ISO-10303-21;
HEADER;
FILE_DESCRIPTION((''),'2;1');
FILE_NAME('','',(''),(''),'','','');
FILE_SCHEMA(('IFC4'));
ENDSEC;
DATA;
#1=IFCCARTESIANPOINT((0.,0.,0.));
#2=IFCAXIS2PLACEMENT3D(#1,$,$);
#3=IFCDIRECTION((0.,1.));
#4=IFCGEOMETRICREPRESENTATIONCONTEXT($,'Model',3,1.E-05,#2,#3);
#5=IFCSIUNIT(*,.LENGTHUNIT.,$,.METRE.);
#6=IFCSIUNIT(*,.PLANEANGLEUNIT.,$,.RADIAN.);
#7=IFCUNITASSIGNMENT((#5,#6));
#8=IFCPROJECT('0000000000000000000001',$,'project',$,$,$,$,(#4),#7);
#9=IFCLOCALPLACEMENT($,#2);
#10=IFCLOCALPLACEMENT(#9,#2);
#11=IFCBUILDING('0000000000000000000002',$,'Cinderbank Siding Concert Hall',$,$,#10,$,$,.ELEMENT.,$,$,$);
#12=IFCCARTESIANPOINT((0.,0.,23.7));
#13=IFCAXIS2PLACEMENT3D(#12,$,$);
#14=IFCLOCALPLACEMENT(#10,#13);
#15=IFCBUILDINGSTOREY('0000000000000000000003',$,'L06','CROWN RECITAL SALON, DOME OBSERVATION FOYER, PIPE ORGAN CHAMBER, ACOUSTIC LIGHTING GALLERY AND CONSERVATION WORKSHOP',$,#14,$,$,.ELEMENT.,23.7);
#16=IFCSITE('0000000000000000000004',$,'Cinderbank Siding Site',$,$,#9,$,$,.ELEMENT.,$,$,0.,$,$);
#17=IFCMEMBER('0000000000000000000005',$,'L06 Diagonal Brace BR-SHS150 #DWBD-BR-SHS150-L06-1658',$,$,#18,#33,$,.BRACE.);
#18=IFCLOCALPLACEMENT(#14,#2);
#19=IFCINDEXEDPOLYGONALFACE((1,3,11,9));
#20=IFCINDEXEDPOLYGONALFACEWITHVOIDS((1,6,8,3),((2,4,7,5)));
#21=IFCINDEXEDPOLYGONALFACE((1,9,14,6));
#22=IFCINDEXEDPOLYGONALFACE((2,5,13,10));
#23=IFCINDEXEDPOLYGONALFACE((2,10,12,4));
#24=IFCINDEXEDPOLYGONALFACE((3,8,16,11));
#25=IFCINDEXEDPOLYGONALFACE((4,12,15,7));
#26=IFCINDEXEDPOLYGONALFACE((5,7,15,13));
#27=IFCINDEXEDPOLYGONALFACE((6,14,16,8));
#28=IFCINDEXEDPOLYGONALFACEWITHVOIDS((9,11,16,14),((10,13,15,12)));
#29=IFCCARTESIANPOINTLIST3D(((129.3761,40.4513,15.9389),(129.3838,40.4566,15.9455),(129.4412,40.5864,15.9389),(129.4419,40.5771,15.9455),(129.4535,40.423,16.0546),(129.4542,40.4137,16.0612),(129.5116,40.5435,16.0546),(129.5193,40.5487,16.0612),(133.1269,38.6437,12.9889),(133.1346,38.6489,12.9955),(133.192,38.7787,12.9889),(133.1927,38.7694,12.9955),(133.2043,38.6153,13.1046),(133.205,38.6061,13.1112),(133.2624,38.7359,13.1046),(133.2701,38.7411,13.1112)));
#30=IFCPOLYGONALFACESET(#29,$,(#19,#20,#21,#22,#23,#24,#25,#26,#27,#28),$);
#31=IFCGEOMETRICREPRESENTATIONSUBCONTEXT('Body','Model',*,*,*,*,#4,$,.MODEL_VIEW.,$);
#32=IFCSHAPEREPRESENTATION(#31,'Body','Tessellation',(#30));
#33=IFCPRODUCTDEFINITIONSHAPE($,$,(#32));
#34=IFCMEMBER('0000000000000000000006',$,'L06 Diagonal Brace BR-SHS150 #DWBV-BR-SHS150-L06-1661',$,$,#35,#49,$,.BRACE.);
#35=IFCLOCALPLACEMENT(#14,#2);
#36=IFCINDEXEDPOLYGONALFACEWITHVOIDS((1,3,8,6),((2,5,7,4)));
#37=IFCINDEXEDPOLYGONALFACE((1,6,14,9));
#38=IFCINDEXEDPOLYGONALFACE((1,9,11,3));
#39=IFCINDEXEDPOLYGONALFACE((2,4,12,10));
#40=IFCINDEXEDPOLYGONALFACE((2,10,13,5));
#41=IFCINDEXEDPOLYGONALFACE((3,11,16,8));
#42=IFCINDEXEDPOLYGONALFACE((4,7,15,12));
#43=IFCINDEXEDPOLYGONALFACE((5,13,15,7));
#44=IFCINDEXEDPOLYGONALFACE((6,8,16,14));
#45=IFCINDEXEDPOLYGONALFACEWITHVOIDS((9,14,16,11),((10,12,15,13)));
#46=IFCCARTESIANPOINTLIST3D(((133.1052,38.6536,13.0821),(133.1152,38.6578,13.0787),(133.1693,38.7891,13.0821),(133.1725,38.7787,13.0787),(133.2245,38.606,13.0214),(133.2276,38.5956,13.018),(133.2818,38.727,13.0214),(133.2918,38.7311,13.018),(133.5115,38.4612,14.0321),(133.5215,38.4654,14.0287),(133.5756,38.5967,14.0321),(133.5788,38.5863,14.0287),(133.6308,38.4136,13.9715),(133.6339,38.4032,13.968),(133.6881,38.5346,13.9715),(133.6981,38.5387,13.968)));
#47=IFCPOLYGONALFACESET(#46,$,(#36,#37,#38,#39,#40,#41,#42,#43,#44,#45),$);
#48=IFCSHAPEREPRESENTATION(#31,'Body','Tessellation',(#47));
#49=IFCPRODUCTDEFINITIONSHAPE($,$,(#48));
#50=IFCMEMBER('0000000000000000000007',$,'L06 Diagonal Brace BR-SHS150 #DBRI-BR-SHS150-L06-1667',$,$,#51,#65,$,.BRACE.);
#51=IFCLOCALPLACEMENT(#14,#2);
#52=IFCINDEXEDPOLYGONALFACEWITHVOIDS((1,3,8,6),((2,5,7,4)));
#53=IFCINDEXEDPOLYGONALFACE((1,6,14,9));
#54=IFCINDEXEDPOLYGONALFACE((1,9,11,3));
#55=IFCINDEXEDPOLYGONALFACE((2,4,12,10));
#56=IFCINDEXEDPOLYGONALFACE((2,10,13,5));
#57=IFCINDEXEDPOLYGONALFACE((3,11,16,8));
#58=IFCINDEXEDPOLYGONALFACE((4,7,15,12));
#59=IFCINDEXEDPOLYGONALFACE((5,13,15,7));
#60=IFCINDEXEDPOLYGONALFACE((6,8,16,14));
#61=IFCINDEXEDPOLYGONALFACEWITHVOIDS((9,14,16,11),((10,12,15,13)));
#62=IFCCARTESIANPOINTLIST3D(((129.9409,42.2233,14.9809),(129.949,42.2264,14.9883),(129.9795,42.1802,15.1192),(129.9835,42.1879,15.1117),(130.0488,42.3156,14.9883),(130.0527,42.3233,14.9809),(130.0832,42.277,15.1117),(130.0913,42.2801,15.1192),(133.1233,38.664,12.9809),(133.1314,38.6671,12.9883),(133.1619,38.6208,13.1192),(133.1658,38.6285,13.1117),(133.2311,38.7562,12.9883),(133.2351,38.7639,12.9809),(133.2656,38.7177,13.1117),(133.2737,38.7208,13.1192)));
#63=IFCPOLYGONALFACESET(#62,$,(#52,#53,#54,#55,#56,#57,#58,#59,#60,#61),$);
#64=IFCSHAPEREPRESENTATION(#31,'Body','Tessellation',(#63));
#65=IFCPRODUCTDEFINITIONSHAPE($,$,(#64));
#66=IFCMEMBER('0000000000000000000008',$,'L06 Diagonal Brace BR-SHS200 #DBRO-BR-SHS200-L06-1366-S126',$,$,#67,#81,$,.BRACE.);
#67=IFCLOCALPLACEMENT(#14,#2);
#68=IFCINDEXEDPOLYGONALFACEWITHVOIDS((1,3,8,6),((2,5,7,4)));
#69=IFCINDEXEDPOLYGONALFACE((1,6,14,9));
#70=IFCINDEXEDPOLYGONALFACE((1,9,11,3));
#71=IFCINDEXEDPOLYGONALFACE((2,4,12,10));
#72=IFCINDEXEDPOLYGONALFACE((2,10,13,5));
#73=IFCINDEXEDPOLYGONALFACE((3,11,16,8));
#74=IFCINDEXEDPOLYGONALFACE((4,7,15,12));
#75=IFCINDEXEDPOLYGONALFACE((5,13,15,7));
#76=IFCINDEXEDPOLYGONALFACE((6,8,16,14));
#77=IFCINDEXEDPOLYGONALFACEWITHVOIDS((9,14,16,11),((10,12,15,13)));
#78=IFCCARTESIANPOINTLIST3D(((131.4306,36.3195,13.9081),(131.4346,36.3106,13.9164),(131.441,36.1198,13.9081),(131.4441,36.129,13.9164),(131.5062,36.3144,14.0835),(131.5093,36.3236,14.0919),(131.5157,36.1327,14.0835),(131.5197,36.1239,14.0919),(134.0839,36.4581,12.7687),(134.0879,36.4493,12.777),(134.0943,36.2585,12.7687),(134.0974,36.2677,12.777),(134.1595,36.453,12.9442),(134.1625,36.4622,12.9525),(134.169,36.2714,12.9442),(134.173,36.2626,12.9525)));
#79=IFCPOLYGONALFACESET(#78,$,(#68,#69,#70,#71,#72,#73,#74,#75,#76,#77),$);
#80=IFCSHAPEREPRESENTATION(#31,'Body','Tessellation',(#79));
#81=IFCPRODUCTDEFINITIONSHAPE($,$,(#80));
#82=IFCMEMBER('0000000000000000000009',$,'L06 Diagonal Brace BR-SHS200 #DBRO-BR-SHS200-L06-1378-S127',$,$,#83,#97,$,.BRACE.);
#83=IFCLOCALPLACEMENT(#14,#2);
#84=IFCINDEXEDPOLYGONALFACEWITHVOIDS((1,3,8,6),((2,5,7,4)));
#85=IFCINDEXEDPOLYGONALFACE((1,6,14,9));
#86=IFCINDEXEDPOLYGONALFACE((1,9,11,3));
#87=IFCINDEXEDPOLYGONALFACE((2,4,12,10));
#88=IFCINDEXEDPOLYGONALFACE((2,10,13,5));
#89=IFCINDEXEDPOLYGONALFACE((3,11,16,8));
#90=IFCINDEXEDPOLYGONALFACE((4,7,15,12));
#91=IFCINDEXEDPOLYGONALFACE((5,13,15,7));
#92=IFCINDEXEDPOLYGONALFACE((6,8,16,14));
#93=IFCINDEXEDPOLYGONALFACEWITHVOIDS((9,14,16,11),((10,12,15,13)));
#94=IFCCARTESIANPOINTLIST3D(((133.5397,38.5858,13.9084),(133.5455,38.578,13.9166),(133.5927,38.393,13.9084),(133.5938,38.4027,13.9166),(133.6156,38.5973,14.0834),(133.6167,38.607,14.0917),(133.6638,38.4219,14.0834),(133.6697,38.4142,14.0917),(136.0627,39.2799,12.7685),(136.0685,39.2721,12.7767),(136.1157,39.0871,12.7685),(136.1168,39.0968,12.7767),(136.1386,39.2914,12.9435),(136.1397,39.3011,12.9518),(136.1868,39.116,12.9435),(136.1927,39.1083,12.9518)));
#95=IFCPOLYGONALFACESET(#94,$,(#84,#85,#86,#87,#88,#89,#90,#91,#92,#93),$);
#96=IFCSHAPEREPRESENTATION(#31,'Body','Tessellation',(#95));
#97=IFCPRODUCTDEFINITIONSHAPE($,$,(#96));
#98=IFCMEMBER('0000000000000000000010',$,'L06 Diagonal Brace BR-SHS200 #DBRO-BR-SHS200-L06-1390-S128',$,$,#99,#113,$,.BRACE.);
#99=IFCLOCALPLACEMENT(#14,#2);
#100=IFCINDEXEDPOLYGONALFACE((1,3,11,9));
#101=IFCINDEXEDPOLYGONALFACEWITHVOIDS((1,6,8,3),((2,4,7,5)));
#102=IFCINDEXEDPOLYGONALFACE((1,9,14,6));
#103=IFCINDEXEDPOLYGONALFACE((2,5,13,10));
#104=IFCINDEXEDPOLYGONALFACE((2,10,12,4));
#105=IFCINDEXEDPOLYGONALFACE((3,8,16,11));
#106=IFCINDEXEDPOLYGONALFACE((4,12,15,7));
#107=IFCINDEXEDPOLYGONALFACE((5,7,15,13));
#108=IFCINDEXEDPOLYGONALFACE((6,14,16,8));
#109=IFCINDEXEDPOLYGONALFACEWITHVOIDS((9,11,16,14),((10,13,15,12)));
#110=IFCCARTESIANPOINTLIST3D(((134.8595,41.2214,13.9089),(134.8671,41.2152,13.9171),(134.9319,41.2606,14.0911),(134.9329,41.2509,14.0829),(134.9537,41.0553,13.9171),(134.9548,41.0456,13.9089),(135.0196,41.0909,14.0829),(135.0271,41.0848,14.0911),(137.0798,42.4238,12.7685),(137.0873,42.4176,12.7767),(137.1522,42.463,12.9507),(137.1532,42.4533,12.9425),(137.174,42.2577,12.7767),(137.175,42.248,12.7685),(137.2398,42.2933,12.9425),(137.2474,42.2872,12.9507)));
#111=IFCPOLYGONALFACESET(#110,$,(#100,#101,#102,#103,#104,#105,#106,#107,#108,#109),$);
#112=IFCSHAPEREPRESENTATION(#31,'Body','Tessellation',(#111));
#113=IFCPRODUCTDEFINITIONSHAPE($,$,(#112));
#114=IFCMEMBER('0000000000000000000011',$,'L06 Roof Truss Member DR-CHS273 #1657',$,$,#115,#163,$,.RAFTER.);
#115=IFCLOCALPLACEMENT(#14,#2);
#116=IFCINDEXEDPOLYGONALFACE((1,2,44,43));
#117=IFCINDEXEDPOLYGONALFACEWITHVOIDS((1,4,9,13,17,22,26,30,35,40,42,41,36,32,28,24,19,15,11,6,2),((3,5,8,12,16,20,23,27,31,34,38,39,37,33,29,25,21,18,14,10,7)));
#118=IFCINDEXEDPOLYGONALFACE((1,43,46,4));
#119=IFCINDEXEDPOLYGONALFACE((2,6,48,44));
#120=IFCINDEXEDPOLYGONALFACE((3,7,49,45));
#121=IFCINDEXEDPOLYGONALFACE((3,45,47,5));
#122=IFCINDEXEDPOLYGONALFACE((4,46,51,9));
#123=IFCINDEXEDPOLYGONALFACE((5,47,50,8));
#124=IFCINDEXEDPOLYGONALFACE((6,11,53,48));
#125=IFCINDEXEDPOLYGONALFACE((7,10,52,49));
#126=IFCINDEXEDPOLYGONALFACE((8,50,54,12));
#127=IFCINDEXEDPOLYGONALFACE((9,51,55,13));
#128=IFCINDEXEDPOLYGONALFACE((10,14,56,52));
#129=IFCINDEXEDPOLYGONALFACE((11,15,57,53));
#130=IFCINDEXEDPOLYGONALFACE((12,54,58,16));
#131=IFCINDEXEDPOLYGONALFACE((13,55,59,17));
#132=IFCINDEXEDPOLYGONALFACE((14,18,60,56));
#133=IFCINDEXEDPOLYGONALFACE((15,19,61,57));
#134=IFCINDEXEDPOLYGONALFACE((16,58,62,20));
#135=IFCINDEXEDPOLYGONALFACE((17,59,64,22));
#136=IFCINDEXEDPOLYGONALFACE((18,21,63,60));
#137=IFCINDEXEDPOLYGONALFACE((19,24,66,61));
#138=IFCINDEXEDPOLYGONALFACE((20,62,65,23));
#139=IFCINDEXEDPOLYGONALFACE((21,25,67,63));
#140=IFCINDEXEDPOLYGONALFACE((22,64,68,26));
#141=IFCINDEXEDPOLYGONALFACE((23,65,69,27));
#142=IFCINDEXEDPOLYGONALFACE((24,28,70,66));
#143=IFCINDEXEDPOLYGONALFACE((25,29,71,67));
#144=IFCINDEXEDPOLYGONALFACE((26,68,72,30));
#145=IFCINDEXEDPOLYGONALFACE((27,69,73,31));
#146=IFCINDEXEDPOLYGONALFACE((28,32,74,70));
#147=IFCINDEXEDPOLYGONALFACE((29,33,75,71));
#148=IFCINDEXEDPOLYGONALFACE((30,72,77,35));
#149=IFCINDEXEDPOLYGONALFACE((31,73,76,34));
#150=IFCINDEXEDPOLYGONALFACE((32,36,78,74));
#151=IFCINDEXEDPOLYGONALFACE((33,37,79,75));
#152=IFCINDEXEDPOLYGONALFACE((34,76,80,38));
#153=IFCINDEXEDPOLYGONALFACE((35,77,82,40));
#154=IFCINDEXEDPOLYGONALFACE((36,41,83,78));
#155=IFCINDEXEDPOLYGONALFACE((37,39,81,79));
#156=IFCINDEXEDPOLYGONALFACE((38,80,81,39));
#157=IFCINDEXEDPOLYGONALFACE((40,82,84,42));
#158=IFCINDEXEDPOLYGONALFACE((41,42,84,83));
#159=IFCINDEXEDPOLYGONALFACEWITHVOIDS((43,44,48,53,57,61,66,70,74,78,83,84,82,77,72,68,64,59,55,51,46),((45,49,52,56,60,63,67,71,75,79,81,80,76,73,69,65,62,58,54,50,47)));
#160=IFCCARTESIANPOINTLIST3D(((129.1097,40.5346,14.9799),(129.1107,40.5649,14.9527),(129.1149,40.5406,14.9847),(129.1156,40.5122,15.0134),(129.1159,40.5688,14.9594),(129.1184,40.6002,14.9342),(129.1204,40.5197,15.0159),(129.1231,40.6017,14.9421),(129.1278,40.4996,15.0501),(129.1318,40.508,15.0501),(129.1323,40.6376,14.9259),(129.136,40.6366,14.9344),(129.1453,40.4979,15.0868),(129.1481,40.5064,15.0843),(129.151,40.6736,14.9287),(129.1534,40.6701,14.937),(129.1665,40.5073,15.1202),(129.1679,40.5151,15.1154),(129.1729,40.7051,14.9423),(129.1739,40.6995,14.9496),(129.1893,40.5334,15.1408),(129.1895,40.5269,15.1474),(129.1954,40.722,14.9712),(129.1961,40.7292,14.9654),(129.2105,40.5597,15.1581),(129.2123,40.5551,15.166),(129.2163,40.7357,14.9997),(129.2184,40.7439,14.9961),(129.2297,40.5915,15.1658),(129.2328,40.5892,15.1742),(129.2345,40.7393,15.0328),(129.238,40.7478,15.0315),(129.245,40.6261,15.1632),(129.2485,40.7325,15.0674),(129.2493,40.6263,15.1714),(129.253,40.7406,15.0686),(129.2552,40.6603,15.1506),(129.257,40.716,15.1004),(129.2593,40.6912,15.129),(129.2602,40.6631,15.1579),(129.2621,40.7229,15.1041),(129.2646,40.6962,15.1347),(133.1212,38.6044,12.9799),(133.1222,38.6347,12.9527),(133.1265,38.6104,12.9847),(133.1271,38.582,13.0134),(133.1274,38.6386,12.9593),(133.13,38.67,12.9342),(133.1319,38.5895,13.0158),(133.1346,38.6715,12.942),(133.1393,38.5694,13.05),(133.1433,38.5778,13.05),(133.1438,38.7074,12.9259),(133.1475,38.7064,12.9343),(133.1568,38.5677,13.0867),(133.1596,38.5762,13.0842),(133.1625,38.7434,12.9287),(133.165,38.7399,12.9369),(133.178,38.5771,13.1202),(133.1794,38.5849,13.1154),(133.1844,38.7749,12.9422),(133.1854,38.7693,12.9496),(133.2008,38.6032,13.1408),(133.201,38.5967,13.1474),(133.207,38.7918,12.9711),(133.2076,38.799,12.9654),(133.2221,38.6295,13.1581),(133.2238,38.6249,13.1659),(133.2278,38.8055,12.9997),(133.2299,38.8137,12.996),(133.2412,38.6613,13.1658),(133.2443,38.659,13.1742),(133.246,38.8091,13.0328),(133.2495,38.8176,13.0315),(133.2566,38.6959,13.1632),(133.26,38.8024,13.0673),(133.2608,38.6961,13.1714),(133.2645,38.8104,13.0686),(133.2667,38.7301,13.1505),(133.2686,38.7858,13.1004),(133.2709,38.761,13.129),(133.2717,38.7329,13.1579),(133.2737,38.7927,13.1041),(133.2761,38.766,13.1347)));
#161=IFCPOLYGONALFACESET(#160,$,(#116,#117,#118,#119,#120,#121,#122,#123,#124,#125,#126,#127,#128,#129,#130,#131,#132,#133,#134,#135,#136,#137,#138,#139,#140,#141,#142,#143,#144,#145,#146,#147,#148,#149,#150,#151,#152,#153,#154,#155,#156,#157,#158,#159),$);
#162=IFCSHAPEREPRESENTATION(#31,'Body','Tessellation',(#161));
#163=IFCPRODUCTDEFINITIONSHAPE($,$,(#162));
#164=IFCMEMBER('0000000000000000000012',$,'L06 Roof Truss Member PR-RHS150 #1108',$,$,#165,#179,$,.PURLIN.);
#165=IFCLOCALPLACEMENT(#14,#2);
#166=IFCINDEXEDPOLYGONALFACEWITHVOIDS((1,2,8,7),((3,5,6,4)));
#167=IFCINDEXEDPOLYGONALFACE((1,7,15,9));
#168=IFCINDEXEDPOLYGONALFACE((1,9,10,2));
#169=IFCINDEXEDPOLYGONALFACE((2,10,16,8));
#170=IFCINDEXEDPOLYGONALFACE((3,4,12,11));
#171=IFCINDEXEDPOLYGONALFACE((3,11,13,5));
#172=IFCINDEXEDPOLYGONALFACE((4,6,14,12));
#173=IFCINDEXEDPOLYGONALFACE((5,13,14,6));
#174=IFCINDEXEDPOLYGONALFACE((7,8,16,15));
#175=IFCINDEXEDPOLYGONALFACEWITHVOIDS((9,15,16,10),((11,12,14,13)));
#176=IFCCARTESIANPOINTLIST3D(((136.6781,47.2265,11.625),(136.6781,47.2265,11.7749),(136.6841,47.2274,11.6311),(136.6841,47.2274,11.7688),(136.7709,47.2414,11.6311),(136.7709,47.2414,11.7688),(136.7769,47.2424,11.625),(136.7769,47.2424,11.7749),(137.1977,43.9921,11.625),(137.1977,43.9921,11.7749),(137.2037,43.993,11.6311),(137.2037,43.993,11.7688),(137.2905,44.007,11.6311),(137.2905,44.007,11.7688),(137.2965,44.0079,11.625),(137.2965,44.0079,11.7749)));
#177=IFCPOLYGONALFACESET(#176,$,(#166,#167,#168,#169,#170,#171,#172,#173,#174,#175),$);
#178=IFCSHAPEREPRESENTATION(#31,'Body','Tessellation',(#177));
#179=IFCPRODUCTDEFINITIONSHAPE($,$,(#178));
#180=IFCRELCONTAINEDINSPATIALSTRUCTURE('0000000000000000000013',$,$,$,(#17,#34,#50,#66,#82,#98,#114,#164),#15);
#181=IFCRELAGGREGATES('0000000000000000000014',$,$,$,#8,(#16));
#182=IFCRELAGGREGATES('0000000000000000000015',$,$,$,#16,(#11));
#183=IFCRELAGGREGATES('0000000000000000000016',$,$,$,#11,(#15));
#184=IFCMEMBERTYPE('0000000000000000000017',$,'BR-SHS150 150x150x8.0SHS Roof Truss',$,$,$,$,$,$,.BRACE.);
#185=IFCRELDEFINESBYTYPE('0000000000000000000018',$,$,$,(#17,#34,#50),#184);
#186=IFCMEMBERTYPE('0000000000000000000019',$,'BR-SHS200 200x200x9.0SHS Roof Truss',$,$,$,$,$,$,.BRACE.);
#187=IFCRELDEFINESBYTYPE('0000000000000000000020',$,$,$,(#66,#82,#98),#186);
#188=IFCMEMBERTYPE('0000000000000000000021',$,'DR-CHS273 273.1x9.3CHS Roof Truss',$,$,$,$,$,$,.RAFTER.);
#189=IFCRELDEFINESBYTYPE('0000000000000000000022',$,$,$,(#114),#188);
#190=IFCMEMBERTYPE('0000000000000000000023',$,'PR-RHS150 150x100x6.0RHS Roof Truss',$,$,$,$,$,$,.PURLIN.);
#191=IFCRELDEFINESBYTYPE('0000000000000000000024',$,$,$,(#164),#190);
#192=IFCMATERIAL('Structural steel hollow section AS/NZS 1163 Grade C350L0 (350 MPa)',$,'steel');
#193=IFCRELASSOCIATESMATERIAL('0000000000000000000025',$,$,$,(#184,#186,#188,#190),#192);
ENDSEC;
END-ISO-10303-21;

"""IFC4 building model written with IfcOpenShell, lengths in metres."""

from ifc_helpers import new_model, si_unit, direction, frame, origin, origin_2d, place, context, subcontext, project, spatial, hollow_rectangle, hollow_circle, extrude, material, material_profile, profile_set, type_object, element, save


model = new_model("IFC4")

# Units and contexts
model_context = context("Model", 3, precision=1e-05, world=origin(), true_north=direction((0.0, 1.0)))
body_context = subcontext(model_context, "Body", "Model", "MODEL_VIEW")
ifc_project = project(units=[si_unit("LENGTHUNIT", "METRE"), si_unit("PLANEANGLEUNIT", "RADIAN")], contexts=[model_context])

# Site, building, storey
site_placement = place(None, origin())
site = spatial("IfcSite", under=ifc_project, at=site_placement, Name="Cinderbank Siding Site", CompositionType="ELEMENT", RefElevation=0.0)
building_placement = place(site_placement, origin())
building = spatial("IfcBuilding", under=site, at=building_placement, Name="Cinderbank Siding Concert Hall", CompositionType="ELEMENT")
storey_placement = place(building_placement, frame((0.0, 0.0, 23.7)))
storey = spatial("IfcBuildingStorey", under=building, at=storey_placement, Name="L06", Description="CROWN RECITAL SALON, DOME OBSERVATION FOYER, PIPE ORGAN CHAMBER, ACOUSTIC LIGHTING GALLERY AND CONSERVATION WORKSHOP", CompositionType="ELEMENT", Elevation=23.7)

# Members
ifc_material_1 = material(Name="Structural steel hollow section AS/NZS 1163 Grade C350L0 (350 MPa)", Category="steel")
ifc_material_profile_1 = material_profile(ifc_material_1, hollow_rectangle(XDim=0.1499, YDim=0.1499, WallThickness=0.0081, at=origin_2d()), Name="150x150x8.0SHS", Category="LoadBearing")
ifc_profile_set_1 = profile_set([ifc_material_profile_1], Name="Structural steel hollow section AS/NZS 1163 Grade C350L0 (350 MPa)")
member_type_1 = type_object("IfcMemberType", Name="BR-SHS150 150x150x8.0SHS Roof Truss", PredefinedType="BRACE", material=ifc_profile_set_1)
member_1_placement = place(storey_placement, frame((133.1985, 38.6924, 13.05), z_axis=(-0.735047, 0.354246, 0.578114), x_axis=(-0.434149, -0.900841, 0.0)))
element("IfcMember", 1, at=member_1_placement, inside=storey, type_object=member_type_1, Name="L06 Diagonal Brace BR-SHS150 #DWBD-BR-SHS150-L06-1658", PredefinedType="BRACE", context=body_context, shape_type="SweptSolid", body=[
    extrude(hollow_rectangle(XDim=0.1499, YDim=0.1499, WallThickness=0.0081, at=origin_2d()), origin(), (0.0, 0.0, 1.0), 5.1028),
])
member_2_placement = place(storey_placement, frame((133.1985, 38.6924, 13.05), z_axis=(0.386562, -0.183059, 0.903913), x_axis=(0.427993, 0.903782, 0.0)))
element("IfcMember", 2, at=member_2_placement, inside=storey, type_object=member_type_1, Name="L06 Diagonal Brace BR-SHS150 #DWBV-BR-SHS150-L06-1661", PredefinedType="BRACE", context=body_context, shape_type="SweptSolid", body=[
    extrude(hollow_rectangle(XDim=0.1499, YDim=0.1499, WallThickness=0.0081, at=origin_2d()), origin(), (0.0, 0.0, 1.0), 1.051),
])
member_3_placement = place(storey_placement, frame((133.1985, 38.6924, 13.05), z_axis=(-0.614771, 0.687591, 0.38636), x_axis=(-0.745479, -0.666529, 0.0)))
element("IfcMember", 3, at=member_3_placement, inside=storey, type_object=member_type_1, Name="L06 Diagonal Brace BR-SHS150 #DBRI-BR-SHS150-L06-1667", PredefinedType="BRACE", context=body_context, shape_type="SweptSolid", body=[
    extrude(hollow_rectangle(XDim=0.1499, YDim=0.1499, WallThickness=0.0081, at=origin_2d()), origin(), (0.0, 0.0, 1.0), 5.1765),
])
ifc_material_profile_2 = material_profile(ifc_material_1, hollow_rectangle(XDim=0.2, YDim=0.2, WallThickness=0.009, at=origin_2d()), Name="200x200x9.0SHS", Category="LoadBearing")
ifc_profile_set_2 = profile_set([ifc_material_profile_2], Name="Structural steel hollow section AS/NZS 1163 Grade C350L0 (350 MPa)")
member_type_2 = type_object("IfcMemberType", Name="BR-SHS200 200x200x9.0SHS Roof Truss", PredefinedType="BRACE", material=ifc_profile_set_2)
member_4_placement = place(storey_placement, frame((134.1284, 36.3604, 12.8606), z_axis=(-0.917803, -0.047968, 0.394128), x_axis=(0.052192, -0.998637, 0.0)))
element("IfcMember", 4, at=member_4_placement, inside=storey, type_object=member_type_2, Name="L06 Diagonal Brace BR-SHS200 #DBRO-BR-SHS200-L06-1366-S126", PredefinedType="BRACE", context=body_context, shape_type="SweptSolid", body=[
    extrude(hollow_rectangle(XDim=0.2, YDim=0.2, WallThickness=0.009, at=origin_2d()), origin(), (0.0, 0.0, 1.0), 2.8909),
])
member_5_placement = place(storey_placement, frame((136.1277, 39.1941, 12.8601), z_axis=(-0.883946, -0.243184, 0.399375), x_axis=(0.265256, -0.964178, 0.0)))
element("IfcMember", 5, at=member_5_placement, inside=storey, type_object=member_type_2, Name="L06 Diagonal Brace BR-SHS200 #DBRO-BR-SHS200-L06-1378-S127", PredefinedType="BRACE", context=body_context, shape_type="SweptSolid", body=[
    extrude(hollow_rectangle(XDim=0.2, YDim=0.2, WallThickness=0.009, at=origin_2d()), origin(), (0.0, 0.0, 1.0), 2.8542),
])
member_6_placement = place(storey_placement, frame((137.1636, 42.3555, 12.8596), z_axis=(-0.801382, -0.434001, 0.411618), x_axis=(0.476215, -0.879329, 0.0)))
element("IfcMember", 6, at=member_6_placement, inside=storey, type_object=member_type_2, Name="L06 Diagonal Brace BR-SHS200 #DBRO-BR-SHS200-L06-1390-S128", PredefinedType="BRACE", context=body_context, shape_type="SweptSolid", body=[
    extrude(hollow_rectangle(XDim=0.2, YDim=0.2, WallThickness=0.009, at=origin_2d()), origin(), (0.0, 0.0, 1.0), 2.7705),
])
ifc_material_profile_3 = material_profile(ifc_material_1, hollow_circle(Radius=0.1365, WallThickness=0.0093, at=origin_2d()), Name="273.1x9.3CHS", Category="LoadBearing")
ifc_profile_set_3 = profile_set([ifc_material_profile_3], Name="Structural steel hollow section AS/NZS 1163 Grade C350L0 (350 MPa)")
member_type_3 = type_object("IfcMemberType", Name="DR-CHS273 273.1x9.3CHS Roof Truss", PredefinedType="RAFTER", material=ifc_profile_set_3)
member_7_placement = place(storey_placement, frame((133.1985, 38.6924, 13.05), z_axis=(-0.82197, 0.395502, 0.409809), x_axis=(-0.433583, -0.901114, 0.0)))
element("IfcMember", 7, at=member_7_placement, inside=storey, type_object=member_type_3, Name="L06 Roof Truss Member DR-CHS273 #1657", PredefinedType="RAFTER", context=body_context, shape_type="SweptSolid", body=[
    extrude(hollow_circle(Radius=0.1365, WallThickness=0.0093, at=origin_2d()), origin(), (0.0, 0.0, 1.0), 4.8804),
])
ifc_material_profile_4 = material_profile(ifc_material_1, hollow_rectangle(XDim=0.1001, YDim=0.1499, WallThickness=0.0061, at=origin_2d()), Name="150x100x6.0RHS", Category="LoadBearing")
ifc_profile_set_4 = profile_set([ifc_material_profile_4], Name="Structural steel hollow section AS/NZS 1163 Grade C350L0 (350 MPa)")
member_type_4 = type_object("IfcMemberType", Name="PR-RHS150 150x100x6.0RHS Roof Truss", PredefinedType="PURLIN", material=ifc_profile_set_4)
member_8_placement = place(storey_placement, frame((137.2471, 44.0, 11.7), z_axis=(-0.158595, 0.987344, 0.0), x_axis=(-0.987344, -0.158595, 0.0)))
element("IfcMember", 8, at=member_8_placement, inside=storey, type_object=member_type_4, Name="L06 Roof Truss Member PR-RHS150 #1108", PredefinedType="PURLIN", context=body_context, shape_type="SweptSolid", body=[
    extrude(hollow_rectangle(XDim=0.1001, YDim=0.1499, WallThickness=0.0061, at=origin_2d()), origin(), (0.0, 0.0, 1.0), 3.2759),
])

save(model, "model.ifc")
